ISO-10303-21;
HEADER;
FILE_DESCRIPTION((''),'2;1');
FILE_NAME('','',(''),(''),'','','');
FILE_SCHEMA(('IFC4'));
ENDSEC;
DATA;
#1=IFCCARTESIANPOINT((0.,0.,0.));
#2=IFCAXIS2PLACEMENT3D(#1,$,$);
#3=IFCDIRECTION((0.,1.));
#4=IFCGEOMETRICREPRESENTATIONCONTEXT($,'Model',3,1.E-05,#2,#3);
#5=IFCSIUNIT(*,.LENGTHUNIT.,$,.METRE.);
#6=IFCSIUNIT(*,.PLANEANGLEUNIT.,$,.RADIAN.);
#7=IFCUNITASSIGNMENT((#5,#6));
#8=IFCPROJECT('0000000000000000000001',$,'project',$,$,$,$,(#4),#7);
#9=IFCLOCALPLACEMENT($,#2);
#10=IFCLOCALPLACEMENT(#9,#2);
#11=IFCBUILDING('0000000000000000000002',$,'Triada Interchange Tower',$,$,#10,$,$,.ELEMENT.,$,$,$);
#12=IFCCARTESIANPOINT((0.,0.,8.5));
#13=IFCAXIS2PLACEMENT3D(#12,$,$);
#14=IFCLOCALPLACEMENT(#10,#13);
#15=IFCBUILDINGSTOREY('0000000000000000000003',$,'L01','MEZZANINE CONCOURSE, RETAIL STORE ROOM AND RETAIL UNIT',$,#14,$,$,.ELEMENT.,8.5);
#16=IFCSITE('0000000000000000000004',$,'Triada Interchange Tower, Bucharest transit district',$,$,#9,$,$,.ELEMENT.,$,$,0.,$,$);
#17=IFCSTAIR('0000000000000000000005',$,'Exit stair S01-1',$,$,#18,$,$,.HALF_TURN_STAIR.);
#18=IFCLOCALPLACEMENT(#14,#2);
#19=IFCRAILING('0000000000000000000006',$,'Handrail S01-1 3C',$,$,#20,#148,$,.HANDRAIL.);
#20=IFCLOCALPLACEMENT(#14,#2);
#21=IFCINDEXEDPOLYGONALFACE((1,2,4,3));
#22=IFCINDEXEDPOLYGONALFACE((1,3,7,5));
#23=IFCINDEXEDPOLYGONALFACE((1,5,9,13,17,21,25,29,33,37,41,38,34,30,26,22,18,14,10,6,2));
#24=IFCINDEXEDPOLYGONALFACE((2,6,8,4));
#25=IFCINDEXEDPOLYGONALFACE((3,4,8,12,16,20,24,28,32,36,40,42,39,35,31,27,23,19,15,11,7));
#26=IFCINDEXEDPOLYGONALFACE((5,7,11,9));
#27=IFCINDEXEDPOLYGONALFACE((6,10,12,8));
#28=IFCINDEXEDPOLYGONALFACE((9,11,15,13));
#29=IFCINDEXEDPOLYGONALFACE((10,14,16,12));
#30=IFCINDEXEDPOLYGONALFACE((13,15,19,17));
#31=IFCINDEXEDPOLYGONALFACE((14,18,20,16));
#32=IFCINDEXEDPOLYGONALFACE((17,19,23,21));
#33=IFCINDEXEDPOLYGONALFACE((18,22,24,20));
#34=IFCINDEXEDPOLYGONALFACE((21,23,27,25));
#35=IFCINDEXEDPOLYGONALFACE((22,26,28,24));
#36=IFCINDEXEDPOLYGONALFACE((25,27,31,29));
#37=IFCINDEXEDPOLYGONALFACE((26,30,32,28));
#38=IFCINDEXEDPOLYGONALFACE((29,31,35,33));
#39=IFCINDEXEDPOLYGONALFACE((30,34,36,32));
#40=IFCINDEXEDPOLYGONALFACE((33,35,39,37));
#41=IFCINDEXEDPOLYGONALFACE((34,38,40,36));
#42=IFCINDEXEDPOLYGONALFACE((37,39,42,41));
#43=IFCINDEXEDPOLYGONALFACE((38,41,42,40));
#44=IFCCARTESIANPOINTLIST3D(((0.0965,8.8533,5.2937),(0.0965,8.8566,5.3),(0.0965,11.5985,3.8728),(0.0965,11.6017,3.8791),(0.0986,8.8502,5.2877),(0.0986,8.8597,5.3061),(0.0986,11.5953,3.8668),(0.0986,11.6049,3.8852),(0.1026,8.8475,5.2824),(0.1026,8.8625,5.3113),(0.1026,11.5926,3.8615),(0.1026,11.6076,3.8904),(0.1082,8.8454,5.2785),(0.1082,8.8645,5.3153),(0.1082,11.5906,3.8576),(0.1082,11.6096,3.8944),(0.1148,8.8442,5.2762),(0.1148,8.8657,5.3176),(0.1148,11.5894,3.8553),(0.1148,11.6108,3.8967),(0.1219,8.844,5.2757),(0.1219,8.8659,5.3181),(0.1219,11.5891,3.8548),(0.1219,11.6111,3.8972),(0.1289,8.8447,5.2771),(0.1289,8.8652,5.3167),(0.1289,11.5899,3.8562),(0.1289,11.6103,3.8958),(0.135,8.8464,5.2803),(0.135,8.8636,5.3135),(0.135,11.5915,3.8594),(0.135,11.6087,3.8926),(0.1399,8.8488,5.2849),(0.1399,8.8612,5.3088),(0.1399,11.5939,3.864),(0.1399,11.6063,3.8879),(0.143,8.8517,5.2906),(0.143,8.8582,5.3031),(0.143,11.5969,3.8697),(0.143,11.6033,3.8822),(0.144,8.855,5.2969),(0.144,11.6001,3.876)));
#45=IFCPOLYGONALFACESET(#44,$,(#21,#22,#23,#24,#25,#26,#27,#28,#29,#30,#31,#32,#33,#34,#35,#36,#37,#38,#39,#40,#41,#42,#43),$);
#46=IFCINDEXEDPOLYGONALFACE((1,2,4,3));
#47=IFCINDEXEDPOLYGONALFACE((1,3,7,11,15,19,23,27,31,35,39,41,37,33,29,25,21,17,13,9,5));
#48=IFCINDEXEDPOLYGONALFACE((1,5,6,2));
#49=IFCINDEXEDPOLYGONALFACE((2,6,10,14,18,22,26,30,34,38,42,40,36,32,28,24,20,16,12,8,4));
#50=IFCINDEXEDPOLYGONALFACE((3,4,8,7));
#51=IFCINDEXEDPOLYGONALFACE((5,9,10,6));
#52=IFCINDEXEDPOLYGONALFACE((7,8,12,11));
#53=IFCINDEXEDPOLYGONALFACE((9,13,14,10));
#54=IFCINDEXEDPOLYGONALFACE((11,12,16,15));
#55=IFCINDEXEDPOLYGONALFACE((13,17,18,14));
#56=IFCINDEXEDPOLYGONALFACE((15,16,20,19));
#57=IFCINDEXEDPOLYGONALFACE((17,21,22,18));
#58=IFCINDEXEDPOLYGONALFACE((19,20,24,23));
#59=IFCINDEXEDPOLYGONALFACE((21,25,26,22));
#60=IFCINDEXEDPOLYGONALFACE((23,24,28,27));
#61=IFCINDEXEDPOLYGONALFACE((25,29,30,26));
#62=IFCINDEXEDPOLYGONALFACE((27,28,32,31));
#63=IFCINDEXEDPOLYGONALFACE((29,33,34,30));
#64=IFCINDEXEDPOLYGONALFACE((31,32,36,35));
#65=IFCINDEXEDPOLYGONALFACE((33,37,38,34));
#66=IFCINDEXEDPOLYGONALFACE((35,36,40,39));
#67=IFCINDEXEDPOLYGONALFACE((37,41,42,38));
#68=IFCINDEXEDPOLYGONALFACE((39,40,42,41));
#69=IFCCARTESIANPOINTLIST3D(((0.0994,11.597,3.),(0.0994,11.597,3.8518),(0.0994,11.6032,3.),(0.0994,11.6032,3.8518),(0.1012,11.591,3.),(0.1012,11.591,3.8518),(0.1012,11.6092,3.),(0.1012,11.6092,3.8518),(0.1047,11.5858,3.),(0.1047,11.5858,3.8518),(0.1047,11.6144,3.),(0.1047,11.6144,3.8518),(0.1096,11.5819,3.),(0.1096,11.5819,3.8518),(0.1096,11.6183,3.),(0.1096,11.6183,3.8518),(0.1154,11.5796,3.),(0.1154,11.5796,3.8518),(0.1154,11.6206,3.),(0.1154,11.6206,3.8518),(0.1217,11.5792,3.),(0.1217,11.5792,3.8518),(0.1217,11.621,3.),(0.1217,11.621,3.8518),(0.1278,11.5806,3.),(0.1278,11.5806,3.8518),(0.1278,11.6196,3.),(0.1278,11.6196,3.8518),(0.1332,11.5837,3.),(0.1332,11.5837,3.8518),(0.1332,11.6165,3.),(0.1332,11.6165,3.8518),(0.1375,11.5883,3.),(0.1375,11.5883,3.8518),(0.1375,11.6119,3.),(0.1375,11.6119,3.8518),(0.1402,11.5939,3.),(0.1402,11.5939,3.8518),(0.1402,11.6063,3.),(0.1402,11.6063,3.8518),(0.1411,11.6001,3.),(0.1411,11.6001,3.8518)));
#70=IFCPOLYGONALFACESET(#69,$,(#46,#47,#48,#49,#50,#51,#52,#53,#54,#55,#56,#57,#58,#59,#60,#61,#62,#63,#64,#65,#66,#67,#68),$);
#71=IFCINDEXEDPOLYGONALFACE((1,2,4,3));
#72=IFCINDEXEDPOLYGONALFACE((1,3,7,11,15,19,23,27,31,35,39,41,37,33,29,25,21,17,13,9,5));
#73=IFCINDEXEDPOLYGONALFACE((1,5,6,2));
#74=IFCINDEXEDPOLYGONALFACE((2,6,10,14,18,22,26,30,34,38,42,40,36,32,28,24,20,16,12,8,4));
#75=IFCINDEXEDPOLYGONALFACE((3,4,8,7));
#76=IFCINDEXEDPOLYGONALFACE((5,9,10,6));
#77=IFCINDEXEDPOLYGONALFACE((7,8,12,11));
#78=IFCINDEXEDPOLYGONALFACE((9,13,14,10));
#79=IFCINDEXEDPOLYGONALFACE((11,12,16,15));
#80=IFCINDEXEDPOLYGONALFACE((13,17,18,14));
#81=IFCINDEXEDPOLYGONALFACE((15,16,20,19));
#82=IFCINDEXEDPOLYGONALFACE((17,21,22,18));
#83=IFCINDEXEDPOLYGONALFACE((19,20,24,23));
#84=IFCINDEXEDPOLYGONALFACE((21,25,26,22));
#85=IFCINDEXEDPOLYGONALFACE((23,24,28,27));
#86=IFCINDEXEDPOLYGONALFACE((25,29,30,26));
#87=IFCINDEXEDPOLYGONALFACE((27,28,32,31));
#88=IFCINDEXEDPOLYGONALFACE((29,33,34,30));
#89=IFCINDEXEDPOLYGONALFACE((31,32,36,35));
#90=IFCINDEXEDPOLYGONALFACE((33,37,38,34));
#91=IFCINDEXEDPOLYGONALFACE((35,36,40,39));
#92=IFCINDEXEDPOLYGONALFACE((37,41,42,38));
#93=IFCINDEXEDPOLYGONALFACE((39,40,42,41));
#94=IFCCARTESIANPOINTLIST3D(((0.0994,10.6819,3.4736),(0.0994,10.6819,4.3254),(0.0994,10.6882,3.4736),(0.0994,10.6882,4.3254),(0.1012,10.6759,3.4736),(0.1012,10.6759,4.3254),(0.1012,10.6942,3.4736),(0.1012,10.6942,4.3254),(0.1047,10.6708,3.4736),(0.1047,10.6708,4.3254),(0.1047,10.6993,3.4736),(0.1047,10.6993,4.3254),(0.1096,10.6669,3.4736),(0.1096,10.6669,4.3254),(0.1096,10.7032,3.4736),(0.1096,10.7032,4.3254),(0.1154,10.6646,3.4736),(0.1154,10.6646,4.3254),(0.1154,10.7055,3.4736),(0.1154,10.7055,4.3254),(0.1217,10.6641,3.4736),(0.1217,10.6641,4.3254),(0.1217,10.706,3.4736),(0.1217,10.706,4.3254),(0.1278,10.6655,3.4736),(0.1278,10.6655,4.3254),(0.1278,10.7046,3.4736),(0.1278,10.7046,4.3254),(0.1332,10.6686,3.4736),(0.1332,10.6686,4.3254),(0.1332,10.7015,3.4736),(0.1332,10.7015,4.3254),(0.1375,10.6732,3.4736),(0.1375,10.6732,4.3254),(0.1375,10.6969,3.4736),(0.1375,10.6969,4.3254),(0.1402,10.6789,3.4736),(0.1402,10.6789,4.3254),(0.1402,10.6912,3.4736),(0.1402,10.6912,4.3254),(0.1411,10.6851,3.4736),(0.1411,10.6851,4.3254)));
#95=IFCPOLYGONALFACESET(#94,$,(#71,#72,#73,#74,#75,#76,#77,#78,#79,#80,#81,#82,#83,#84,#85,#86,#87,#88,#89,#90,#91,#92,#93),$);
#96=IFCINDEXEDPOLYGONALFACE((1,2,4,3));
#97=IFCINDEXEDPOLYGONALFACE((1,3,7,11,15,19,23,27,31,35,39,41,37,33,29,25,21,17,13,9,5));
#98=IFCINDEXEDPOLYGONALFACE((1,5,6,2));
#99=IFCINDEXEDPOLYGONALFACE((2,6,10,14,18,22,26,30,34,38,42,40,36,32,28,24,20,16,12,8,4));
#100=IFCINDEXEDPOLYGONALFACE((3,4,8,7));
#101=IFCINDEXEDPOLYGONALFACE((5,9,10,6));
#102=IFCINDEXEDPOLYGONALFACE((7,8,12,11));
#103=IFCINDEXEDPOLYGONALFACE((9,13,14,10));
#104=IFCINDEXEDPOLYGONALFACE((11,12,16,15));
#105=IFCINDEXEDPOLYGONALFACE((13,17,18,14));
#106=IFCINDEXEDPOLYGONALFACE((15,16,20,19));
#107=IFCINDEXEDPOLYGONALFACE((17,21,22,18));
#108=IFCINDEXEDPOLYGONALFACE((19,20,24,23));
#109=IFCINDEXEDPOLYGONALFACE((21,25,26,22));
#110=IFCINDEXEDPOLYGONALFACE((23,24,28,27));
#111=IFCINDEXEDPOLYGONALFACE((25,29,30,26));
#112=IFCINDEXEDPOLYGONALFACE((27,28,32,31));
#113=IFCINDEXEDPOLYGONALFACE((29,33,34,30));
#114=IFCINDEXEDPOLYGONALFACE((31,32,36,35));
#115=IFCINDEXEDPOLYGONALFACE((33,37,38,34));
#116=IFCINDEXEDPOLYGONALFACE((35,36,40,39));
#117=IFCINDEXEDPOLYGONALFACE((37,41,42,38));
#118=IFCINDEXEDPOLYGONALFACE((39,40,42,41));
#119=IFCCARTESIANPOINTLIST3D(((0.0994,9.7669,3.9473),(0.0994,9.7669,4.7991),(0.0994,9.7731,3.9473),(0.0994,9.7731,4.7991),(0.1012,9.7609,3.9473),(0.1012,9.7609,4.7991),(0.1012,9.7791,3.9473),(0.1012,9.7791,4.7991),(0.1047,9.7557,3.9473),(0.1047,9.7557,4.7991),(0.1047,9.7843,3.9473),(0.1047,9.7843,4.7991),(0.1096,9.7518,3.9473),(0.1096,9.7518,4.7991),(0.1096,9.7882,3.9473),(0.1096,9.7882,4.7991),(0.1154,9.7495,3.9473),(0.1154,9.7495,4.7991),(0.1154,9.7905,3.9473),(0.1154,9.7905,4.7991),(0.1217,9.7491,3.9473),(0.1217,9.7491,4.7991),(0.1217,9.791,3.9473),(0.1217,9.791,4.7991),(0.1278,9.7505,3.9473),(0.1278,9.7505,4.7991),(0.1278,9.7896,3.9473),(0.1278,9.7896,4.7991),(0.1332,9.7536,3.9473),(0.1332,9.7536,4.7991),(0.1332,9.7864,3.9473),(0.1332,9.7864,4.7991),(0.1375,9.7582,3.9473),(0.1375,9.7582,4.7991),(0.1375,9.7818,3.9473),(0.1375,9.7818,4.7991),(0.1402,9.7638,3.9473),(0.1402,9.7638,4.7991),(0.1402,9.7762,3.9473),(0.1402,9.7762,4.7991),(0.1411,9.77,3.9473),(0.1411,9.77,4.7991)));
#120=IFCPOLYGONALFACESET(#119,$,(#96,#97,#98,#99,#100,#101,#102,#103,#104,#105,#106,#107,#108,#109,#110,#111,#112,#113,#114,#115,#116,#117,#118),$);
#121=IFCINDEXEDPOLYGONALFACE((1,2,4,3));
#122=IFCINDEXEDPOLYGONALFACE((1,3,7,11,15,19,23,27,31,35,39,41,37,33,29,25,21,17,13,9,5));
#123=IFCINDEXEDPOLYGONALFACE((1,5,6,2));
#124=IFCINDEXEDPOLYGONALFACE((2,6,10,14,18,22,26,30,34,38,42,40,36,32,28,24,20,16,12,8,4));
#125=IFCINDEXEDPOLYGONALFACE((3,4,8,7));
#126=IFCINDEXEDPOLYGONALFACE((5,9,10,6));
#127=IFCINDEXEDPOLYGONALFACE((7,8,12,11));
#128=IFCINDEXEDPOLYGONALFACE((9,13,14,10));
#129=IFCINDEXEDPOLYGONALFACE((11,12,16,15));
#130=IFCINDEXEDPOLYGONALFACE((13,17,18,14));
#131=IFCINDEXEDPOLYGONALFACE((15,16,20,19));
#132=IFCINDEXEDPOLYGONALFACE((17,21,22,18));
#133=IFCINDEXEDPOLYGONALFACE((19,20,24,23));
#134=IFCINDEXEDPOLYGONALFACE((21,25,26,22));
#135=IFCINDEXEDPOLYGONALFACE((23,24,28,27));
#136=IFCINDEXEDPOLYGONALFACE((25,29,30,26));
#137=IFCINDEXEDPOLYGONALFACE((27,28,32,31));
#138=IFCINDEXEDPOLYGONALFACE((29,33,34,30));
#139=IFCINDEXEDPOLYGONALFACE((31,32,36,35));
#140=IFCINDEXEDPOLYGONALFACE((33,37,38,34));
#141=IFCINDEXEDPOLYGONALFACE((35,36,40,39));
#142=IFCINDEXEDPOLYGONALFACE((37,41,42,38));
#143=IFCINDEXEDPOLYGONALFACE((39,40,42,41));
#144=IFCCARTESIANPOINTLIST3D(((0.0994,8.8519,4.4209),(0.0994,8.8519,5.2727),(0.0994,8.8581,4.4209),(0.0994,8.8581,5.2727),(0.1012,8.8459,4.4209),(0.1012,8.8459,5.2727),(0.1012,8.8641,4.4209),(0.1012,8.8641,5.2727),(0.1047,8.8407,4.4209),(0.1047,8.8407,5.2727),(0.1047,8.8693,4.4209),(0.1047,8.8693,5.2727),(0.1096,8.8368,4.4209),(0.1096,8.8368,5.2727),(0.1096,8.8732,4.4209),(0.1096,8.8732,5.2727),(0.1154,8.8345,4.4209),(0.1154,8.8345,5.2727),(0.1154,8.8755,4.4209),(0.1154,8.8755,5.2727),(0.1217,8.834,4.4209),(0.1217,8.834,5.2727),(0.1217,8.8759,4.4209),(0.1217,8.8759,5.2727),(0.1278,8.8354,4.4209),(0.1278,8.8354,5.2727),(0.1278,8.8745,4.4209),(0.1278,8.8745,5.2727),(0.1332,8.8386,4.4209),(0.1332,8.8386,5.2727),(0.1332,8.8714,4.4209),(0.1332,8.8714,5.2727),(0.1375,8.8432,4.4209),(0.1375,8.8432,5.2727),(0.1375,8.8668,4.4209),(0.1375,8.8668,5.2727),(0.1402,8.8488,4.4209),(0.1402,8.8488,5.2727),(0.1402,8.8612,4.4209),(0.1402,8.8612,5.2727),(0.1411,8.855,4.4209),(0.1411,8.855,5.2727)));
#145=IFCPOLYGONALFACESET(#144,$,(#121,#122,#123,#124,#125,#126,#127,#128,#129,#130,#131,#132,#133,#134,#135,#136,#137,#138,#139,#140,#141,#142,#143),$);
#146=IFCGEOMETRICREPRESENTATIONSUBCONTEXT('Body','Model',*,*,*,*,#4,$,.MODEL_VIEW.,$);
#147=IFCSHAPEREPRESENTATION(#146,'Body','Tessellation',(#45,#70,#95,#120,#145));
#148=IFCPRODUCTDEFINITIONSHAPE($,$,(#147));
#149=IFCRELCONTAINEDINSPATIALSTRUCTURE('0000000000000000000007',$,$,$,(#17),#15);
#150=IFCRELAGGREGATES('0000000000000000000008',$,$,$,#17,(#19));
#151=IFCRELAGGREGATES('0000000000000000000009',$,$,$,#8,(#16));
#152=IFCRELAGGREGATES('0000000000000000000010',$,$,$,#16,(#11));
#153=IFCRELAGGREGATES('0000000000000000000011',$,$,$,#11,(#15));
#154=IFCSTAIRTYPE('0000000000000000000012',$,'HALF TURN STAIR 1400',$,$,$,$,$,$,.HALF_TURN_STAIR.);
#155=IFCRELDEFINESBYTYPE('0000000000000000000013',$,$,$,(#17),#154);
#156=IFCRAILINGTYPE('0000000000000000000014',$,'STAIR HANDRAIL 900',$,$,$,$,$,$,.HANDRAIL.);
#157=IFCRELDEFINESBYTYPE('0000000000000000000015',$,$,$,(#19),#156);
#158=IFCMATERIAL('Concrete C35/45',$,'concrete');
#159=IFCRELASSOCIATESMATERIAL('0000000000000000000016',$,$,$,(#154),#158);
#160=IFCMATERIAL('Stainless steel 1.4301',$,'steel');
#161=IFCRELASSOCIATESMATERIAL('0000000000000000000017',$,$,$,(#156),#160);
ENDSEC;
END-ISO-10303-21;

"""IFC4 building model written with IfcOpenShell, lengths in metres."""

from ifc_helpers import new_model, si_unit, direction, frame, origin, origin_2d, place, context, subcontext, project, spatial, circle, extrude, material, type_object, element, aggregate, save


model = new_model("IFC4")

# Units and contexts
model_context = context("Model", 3, precision=1e-05, world=origin(), true_north=direction((0.0, 1.0)))
body_context = subcontext(model_context, "Body", "Model", "MODEL_VIEW")
ifc_project = project(units=[si_unit("LENGTHUNIT", "METRE"), si_unit("PLANEANGLEUNIT", "RADIAN")], contexts=[model_context])

# Site, building, storey
site_placement = place(None, origin())
site = spatial("IfcSite", under=ifc_project, at=site_placement, Name="Triada Interchange Tower, Bucharest transit district", CompositionType="ELEMENT", RefElevation=0.0)
building_placement = place(site_placement, origin())
building = spatial("IfcBuilding", under=site, at=building_placement, Name="Triada Interchange Tower", CompositionType="ELEMENT")
storey_placement = place(building_placement, frame((0.0, 0.0, 8.5)))
storey = spatial("IfcBuildingStorey", under=building, at=storey_placement, Name="L01", Description="MEZZANINE CONCOURSE, RETAIL STORE ROOM AND RETAIL UNIT", CompositionType="ELEMENT", Elevation=8.5)

# Shared definitions
ifc_material_1 = material(Name="Concrete C35/45", Category="concrete")

# Shared definitions
stair_type = type_object("IfcStairType", Name="HALF TURN STAIR 1400", PredefinedType="HALF_TURN_STAIR", material=ifc_material_1)

# Stair, railing
stair_1_placement = place(storey_placement, origin())
stair_1 = element("IfcStair", 1, at=stair_1_placement, inside=storey, type_object=stair_type, Name="Exit stair S01-1", PredefinedType="HALF_TURN_STAIR")
ifc_material_2 = material(Name="Stainless steel 1.4301", Category="steel")
railing_type_1 = type_object("IfcRailingType", Name="STAIR HANDRAIL 900", PredefinedType="HANDRAIL", material=ifc_material_2)
railing_1_placement = place(storey_placement, frame((0.1201, 11.6001, 3.0)))
railing_1 = element("IfcRailing", 2, at=railing_1_placement, type_object=railing_type_1, Name="Handrail S01-1 3C", PredefinedType="HANDRAIL", context=body_context, shape_type="SweptSolid", body=[
    extrude(circle(Radius=0.0239, at=origin_2d()), frame((0.0, 0.0, 0.876), z_axis=(0.0, -0.888084, 0.459681), x_axis=(1.0, 0.0, 0.0)), (0.0, 0.0, 1.0), 3.0911),
    extrude(circle(Radius=0.021, at=origin_2d()), origin(), (0.0, 0.0, 1.0), 0.8518),
    extrude(circle(Radius=0.021, at=origin_2d()), frame((0.0, -0.915, 0.4736)), (0.0, 0.0, 1.0), 0.8518),
    extrude(circle(Radius=0.021, at=origin_2d()), frame((0.0, -1.8301, 0.9473)), (0.0, 0.0, 1.0), 0.8518),
    extrude(circle(Radius=0.021, at=origin_2d()), frame((0.0, -2.7451, 1.4209)), (0.0, 0.0, 1.0), 0.8518),
])
aggregate(stair_1, [railing_1])

save(model, "model.ifc")
